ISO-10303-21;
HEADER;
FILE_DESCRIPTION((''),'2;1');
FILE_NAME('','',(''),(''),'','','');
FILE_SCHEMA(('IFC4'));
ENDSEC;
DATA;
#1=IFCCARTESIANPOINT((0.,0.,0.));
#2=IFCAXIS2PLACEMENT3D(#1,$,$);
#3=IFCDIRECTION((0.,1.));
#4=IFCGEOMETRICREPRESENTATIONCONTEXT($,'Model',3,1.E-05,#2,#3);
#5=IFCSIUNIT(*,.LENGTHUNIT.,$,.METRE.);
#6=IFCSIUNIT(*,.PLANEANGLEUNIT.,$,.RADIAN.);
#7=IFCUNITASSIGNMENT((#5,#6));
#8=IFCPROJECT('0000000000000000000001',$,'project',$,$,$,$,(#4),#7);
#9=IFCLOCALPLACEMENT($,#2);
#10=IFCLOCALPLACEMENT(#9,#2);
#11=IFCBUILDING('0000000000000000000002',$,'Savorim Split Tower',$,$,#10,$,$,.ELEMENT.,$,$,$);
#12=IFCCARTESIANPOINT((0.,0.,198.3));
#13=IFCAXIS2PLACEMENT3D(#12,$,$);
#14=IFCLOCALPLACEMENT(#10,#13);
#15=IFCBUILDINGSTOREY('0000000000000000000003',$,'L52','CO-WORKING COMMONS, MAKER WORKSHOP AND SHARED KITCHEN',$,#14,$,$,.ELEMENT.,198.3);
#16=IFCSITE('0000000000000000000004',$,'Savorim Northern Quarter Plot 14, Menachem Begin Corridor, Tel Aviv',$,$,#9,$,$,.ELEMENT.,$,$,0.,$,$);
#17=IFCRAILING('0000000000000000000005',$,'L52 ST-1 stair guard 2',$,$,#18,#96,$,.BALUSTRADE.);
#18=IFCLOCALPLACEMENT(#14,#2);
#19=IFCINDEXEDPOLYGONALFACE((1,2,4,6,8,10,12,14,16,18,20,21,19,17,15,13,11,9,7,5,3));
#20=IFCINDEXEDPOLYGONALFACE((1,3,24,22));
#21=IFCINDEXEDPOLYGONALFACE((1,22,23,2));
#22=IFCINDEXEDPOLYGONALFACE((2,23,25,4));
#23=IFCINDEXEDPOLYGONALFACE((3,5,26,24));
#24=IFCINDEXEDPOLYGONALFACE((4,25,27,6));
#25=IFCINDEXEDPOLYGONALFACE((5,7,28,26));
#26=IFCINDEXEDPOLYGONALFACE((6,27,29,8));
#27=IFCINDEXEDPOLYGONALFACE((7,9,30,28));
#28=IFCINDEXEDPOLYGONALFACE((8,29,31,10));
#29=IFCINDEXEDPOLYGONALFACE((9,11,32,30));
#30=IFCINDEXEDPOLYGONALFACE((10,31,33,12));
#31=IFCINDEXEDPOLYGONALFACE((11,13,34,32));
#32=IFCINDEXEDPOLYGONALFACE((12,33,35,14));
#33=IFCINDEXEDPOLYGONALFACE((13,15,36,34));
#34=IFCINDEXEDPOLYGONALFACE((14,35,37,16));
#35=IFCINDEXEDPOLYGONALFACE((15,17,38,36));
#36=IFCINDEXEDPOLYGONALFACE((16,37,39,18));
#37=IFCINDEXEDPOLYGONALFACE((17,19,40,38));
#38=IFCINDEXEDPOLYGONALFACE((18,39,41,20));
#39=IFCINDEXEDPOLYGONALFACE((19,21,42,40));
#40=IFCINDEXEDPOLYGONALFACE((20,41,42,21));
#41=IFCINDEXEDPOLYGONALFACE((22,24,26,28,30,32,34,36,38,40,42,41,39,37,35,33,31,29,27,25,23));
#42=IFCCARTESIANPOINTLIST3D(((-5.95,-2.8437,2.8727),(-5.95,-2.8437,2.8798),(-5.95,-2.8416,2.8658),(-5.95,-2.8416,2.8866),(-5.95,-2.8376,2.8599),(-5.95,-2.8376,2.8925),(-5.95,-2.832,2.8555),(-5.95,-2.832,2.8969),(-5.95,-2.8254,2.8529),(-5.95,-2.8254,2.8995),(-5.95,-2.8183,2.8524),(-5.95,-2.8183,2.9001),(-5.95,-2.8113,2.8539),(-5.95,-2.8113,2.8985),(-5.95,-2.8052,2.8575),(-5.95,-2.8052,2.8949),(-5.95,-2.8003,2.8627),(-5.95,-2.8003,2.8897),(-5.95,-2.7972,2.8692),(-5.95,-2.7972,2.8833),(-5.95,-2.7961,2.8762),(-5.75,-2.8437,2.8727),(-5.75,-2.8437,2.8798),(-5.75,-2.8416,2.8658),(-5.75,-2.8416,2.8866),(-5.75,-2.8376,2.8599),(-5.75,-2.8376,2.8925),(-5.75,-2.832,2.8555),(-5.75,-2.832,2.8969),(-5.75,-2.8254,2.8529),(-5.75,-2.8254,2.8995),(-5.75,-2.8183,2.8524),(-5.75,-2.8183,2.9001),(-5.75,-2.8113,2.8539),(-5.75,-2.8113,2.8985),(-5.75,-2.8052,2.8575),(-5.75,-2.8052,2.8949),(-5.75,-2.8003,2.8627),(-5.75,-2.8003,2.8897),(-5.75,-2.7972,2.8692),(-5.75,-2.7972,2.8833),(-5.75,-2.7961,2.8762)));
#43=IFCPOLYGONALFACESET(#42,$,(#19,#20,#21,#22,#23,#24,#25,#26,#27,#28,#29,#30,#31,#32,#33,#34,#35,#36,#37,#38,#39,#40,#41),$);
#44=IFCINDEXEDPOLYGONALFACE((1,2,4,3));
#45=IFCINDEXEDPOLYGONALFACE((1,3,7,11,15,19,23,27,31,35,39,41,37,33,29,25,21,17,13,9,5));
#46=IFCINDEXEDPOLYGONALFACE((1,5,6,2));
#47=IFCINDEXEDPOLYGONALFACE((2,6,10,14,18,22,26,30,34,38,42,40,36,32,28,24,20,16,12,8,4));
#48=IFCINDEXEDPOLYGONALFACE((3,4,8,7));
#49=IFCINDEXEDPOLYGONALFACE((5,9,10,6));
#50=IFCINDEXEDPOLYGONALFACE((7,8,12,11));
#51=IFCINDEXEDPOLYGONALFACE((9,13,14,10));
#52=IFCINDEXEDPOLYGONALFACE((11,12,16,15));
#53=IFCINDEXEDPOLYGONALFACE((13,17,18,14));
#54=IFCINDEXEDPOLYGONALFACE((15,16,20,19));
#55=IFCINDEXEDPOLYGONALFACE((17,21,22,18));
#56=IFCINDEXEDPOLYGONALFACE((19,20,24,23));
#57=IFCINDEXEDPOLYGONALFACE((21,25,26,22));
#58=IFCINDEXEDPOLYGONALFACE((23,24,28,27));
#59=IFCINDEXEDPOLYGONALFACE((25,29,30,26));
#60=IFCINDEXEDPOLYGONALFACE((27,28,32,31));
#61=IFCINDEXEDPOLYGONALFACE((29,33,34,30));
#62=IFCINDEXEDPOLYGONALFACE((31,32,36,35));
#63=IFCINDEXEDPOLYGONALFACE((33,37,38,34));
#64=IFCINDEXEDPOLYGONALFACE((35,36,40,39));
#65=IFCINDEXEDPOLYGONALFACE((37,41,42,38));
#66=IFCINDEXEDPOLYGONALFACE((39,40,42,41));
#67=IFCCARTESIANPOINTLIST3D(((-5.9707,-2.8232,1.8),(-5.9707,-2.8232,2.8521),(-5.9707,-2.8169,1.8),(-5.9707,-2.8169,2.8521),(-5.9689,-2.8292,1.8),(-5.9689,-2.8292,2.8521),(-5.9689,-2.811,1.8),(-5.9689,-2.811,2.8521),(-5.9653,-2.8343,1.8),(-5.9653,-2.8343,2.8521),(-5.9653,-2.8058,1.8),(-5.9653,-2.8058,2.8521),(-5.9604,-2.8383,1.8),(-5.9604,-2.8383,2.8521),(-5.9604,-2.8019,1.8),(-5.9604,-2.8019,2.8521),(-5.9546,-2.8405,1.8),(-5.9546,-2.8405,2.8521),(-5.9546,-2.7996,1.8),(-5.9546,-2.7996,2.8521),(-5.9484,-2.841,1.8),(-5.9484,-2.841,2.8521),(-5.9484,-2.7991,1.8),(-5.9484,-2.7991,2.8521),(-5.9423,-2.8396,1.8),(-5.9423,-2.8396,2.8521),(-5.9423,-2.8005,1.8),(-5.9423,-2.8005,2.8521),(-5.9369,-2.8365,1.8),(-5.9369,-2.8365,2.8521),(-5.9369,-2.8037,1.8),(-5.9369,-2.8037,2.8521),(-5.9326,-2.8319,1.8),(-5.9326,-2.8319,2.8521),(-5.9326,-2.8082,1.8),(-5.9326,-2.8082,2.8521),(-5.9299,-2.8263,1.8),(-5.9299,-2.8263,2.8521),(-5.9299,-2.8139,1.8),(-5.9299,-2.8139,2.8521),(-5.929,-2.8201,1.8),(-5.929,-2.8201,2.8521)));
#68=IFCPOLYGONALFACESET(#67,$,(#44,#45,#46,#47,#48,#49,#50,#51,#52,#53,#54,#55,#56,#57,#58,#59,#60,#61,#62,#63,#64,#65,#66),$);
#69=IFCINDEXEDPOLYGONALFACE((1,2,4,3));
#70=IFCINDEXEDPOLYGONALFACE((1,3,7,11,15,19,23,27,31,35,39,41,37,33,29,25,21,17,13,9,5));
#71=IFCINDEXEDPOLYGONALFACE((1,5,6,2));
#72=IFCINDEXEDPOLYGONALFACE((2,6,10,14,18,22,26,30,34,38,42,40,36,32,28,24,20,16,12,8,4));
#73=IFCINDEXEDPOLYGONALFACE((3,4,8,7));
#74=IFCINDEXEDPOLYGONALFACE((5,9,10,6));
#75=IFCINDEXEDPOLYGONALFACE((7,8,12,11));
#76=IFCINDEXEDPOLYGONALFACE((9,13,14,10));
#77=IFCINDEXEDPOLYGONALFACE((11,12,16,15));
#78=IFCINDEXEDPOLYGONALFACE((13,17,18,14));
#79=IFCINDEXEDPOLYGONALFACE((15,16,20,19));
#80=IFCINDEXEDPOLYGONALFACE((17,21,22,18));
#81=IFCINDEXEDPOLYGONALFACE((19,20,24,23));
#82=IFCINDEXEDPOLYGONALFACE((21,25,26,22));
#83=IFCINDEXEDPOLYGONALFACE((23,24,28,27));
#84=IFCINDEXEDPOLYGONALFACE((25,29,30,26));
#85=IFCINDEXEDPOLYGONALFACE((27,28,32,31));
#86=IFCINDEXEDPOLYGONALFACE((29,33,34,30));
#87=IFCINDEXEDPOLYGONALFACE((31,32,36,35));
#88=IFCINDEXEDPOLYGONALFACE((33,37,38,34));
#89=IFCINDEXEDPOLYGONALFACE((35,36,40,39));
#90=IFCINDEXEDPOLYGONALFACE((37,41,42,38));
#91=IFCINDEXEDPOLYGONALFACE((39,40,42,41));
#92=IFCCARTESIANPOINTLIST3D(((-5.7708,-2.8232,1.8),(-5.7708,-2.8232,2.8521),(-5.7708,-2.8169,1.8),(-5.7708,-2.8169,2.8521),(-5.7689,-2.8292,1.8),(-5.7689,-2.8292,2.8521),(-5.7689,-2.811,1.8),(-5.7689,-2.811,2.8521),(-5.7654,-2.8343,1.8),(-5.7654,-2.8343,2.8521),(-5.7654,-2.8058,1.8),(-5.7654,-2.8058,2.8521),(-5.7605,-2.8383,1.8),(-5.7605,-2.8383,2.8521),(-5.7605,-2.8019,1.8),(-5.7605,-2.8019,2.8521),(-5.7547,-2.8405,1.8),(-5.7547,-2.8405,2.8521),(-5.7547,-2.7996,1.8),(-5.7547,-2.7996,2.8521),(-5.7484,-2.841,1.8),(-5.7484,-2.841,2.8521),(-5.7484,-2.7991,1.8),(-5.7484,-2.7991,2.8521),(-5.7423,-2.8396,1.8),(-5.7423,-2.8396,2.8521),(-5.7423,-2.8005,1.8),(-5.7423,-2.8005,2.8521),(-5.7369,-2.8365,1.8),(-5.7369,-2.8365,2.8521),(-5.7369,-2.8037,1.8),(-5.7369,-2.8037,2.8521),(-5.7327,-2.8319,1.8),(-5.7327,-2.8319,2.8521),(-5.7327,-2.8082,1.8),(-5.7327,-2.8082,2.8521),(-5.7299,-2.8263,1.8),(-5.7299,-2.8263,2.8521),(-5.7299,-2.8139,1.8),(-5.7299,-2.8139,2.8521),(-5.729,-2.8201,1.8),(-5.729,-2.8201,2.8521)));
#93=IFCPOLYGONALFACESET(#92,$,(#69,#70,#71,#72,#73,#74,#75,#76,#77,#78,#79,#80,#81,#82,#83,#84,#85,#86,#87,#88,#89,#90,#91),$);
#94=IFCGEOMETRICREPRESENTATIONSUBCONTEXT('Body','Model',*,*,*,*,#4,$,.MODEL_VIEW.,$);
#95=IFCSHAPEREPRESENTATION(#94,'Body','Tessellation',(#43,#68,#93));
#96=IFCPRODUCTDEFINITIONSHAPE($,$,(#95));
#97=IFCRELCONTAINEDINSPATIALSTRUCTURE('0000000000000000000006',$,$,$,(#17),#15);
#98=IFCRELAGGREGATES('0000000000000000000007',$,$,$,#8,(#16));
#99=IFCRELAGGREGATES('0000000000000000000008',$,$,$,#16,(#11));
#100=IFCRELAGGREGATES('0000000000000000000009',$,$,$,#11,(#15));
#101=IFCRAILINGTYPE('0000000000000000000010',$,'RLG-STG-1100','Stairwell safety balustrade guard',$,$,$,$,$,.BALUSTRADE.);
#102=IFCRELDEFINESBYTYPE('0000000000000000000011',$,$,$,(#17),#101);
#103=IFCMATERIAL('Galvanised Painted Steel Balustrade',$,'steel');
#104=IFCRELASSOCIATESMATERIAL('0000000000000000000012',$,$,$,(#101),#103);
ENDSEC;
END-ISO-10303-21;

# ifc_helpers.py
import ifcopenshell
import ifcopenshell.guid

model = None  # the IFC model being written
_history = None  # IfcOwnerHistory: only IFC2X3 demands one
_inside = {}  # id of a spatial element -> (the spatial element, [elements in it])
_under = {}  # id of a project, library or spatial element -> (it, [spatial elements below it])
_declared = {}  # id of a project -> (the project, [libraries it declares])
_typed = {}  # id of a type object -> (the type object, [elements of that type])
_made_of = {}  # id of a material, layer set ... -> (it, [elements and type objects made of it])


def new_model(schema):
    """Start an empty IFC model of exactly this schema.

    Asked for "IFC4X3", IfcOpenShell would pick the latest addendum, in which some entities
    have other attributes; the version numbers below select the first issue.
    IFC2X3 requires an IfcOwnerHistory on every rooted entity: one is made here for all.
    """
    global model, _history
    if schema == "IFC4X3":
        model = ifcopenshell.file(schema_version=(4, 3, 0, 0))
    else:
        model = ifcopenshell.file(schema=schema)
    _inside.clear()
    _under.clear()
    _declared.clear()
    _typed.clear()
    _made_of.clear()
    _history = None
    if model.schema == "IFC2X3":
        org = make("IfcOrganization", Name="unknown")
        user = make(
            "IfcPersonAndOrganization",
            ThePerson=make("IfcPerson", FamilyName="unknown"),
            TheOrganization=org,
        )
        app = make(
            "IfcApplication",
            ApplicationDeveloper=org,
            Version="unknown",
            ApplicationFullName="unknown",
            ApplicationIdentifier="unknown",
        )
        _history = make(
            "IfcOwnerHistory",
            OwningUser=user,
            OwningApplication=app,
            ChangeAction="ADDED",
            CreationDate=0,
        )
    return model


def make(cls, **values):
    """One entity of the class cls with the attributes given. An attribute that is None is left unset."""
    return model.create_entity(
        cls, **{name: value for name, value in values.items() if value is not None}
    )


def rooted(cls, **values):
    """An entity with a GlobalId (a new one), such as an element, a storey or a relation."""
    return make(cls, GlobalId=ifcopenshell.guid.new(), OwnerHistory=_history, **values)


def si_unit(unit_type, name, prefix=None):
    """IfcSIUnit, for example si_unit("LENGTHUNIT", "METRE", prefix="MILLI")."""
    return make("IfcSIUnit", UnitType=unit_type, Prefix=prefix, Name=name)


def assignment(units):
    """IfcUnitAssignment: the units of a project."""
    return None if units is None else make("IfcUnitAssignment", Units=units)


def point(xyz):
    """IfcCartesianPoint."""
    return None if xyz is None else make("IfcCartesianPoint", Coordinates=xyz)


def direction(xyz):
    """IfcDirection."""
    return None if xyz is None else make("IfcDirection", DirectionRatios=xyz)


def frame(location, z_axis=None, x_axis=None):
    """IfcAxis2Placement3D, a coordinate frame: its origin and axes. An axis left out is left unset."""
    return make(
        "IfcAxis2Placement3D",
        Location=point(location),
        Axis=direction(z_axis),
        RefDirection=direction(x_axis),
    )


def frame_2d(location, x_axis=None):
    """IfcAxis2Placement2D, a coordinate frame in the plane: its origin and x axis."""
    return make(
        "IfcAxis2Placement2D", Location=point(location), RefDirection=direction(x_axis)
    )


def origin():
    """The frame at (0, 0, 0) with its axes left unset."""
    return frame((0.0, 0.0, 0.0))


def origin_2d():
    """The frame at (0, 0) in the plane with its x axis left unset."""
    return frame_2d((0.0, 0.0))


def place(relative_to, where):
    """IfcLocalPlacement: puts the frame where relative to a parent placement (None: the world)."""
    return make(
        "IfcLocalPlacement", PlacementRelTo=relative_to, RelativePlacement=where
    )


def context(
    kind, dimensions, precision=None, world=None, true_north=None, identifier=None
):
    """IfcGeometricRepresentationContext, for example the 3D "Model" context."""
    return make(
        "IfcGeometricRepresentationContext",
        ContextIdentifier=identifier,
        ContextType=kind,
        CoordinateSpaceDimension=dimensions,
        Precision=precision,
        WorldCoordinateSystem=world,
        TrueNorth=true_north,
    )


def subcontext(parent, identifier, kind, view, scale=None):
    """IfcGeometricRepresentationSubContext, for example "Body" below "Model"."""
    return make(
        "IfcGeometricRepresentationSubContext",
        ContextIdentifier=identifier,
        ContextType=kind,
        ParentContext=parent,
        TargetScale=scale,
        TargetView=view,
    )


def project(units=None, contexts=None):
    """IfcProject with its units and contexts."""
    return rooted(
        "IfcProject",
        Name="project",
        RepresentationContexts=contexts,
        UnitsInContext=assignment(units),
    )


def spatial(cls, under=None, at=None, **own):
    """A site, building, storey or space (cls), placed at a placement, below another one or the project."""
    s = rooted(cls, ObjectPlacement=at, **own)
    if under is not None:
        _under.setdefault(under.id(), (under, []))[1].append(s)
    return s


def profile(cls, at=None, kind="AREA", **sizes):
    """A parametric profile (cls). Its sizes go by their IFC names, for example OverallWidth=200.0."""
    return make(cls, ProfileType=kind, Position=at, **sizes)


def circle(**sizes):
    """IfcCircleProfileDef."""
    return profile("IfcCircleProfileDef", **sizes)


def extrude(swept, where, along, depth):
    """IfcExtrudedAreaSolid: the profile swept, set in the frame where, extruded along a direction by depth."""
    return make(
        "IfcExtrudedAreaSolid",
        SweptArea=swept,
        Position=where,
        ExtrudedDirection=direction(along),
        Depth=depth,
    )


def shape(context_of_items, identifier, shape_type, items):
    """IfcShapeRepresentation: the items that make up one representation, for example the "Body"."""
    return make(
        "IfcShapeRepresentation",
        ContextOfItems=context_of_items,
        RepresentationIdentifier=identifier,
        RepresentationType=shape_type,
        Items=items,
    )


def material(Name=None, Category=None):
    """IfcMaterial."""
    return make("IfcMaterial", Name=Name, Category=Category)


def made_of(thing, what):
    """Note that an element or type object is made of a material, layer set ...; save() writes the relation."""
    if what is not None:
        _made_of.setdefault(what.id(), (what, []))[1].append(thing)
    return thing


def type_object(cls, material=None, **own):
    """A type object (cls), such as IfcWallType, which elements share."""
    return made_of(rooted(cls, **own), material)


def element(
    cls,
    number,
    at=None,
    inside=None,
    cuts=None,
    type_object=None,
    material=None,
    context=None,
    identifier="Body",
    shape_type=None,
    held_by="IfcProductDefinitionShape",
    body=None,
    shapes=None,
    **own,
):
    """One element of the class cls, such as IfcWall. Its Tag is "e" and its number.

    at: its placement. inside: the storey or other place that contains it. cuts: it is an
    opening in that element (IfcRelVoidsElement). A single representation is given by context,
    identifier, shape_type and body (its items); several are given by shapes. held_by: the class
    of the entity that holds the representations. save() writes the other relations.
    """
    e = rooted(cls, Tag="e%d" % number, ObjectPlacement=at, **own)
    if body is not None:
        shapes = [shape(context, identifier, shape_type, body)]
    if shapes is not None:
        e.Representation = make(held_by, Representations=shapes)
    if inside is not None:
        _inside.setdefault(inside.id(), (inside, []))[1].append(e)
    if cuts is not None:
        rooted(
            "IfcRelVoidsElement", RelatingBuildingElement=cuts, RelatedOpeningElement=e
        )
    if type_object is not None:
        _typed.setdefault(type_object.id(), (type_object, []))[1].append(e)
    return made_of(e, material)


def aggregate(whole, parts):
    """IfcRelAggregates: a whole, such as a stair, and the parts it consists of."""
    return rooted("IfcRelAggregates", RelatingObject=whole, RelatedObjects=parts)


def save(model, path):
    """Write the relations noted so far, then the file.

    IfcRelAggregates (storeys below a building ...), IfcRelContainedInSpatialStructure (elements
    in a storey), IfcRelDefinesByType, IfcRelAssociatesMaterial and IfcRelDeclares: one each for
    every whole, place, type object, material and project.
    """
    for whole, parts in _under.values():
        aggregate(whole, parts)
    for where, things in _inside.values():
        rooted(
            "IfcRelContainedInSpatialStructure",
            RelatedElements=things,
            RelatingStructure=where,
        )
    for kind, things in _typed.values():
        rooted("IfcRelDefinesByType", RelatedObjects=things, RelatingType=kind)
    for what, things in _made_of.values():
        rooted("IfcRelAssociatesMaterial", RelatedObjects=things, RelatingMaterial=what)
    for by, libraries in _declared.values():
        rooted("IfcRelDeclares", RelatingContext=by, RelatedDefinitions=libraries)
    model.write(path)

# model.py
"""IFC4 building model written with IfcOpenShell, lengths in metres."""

from ifc_helpers import new_model, si_unit, direction, frame, origin, origin_2d, place, context, subcontext, project, spatial, circle, extrude, material, type_object, element, save


model = new_model("IFC4")

# Units and contexts
model_context = context("Model", 3, precision=1e-05, world=origin(), true_north=direction((0.0, 1.0)))
body_context = subcontext(model_context, "Body", "Model", "MODEL_VIEW")
ifc_project = project(units=[si_unit("LENGTHUNIT", "METRE"), si_unit("PLANEANGLEUNIT", "RADIAN")], contexts=[model_context])

# Site, building, storey
site_placement = place(None, origin())
site = spatial("IfcSite", under=ifc_project, at=site_placement, Name="Savorim Northern Quarter Plot 14, Menachem Begin Corridor, Tel Aviv", CompositionType="ELEMENT", RefElevation=0.0)
building_placement = place(site_placement, origin())
building = spatial("IfcBuilding", under=site, at=building_placement, Name="Savorim Split Tower", CompositionType="ELEMENT")
storey_placement = place(building_placement, frame((0.0, 0.0, 198.3)))
storey = spatial("IfcBuildingStorey", under=building, at=storey_placement, Name="L52", Description="CO-WORKING COMMONS, MAKER WORKSHOP AND SHARED KITCHEN", CompositionType="ELEMENT", Elevation=198.3)

# Railing
ifc_material_1 = material(Name="Galvanised Painted Steel Balustrade", Category="steel")
railing_type_1 = type_object("IfcRailingType", Name="RLG-STG-1100", Description="Stairwell safety balustrade guard", PredefinedType="BALUSTRADE", material=ifc_material_1)
railing_1_placement = place(storey_placement, frame((-5.95, -2.8201, 1.8)))
element("IfcRailing", 1, at=railing_1_placement, inside=storey, type_object=railing_type_1, Name="L52 ST-1 stair guard 2", PredefinedType="BALUSTRADE", context=body_context, shape_type="SweptSolid", body=[
    extrude(circle(Radius=0.0239, at=origin_2d()), frame((0.0, 0.0, 1.0762), z_axis=(1.0, 0.0, 0.0), x_axis=(0.0, 1.0, 0.0)), (0.0, 0.0, 1.0), 0.2),
    extrude(circle(Radius=0.021, at=origin_2d()), origin(), (0.0, 0.0, 1.0), 1.052),
    extrude(circle(Radius=0.021, at=origin_2d()), frame((0.2, 0.0, 0.0)), (0.0, 0.0, 1.0), 1.052),
])

save(model, "model.ifc")
